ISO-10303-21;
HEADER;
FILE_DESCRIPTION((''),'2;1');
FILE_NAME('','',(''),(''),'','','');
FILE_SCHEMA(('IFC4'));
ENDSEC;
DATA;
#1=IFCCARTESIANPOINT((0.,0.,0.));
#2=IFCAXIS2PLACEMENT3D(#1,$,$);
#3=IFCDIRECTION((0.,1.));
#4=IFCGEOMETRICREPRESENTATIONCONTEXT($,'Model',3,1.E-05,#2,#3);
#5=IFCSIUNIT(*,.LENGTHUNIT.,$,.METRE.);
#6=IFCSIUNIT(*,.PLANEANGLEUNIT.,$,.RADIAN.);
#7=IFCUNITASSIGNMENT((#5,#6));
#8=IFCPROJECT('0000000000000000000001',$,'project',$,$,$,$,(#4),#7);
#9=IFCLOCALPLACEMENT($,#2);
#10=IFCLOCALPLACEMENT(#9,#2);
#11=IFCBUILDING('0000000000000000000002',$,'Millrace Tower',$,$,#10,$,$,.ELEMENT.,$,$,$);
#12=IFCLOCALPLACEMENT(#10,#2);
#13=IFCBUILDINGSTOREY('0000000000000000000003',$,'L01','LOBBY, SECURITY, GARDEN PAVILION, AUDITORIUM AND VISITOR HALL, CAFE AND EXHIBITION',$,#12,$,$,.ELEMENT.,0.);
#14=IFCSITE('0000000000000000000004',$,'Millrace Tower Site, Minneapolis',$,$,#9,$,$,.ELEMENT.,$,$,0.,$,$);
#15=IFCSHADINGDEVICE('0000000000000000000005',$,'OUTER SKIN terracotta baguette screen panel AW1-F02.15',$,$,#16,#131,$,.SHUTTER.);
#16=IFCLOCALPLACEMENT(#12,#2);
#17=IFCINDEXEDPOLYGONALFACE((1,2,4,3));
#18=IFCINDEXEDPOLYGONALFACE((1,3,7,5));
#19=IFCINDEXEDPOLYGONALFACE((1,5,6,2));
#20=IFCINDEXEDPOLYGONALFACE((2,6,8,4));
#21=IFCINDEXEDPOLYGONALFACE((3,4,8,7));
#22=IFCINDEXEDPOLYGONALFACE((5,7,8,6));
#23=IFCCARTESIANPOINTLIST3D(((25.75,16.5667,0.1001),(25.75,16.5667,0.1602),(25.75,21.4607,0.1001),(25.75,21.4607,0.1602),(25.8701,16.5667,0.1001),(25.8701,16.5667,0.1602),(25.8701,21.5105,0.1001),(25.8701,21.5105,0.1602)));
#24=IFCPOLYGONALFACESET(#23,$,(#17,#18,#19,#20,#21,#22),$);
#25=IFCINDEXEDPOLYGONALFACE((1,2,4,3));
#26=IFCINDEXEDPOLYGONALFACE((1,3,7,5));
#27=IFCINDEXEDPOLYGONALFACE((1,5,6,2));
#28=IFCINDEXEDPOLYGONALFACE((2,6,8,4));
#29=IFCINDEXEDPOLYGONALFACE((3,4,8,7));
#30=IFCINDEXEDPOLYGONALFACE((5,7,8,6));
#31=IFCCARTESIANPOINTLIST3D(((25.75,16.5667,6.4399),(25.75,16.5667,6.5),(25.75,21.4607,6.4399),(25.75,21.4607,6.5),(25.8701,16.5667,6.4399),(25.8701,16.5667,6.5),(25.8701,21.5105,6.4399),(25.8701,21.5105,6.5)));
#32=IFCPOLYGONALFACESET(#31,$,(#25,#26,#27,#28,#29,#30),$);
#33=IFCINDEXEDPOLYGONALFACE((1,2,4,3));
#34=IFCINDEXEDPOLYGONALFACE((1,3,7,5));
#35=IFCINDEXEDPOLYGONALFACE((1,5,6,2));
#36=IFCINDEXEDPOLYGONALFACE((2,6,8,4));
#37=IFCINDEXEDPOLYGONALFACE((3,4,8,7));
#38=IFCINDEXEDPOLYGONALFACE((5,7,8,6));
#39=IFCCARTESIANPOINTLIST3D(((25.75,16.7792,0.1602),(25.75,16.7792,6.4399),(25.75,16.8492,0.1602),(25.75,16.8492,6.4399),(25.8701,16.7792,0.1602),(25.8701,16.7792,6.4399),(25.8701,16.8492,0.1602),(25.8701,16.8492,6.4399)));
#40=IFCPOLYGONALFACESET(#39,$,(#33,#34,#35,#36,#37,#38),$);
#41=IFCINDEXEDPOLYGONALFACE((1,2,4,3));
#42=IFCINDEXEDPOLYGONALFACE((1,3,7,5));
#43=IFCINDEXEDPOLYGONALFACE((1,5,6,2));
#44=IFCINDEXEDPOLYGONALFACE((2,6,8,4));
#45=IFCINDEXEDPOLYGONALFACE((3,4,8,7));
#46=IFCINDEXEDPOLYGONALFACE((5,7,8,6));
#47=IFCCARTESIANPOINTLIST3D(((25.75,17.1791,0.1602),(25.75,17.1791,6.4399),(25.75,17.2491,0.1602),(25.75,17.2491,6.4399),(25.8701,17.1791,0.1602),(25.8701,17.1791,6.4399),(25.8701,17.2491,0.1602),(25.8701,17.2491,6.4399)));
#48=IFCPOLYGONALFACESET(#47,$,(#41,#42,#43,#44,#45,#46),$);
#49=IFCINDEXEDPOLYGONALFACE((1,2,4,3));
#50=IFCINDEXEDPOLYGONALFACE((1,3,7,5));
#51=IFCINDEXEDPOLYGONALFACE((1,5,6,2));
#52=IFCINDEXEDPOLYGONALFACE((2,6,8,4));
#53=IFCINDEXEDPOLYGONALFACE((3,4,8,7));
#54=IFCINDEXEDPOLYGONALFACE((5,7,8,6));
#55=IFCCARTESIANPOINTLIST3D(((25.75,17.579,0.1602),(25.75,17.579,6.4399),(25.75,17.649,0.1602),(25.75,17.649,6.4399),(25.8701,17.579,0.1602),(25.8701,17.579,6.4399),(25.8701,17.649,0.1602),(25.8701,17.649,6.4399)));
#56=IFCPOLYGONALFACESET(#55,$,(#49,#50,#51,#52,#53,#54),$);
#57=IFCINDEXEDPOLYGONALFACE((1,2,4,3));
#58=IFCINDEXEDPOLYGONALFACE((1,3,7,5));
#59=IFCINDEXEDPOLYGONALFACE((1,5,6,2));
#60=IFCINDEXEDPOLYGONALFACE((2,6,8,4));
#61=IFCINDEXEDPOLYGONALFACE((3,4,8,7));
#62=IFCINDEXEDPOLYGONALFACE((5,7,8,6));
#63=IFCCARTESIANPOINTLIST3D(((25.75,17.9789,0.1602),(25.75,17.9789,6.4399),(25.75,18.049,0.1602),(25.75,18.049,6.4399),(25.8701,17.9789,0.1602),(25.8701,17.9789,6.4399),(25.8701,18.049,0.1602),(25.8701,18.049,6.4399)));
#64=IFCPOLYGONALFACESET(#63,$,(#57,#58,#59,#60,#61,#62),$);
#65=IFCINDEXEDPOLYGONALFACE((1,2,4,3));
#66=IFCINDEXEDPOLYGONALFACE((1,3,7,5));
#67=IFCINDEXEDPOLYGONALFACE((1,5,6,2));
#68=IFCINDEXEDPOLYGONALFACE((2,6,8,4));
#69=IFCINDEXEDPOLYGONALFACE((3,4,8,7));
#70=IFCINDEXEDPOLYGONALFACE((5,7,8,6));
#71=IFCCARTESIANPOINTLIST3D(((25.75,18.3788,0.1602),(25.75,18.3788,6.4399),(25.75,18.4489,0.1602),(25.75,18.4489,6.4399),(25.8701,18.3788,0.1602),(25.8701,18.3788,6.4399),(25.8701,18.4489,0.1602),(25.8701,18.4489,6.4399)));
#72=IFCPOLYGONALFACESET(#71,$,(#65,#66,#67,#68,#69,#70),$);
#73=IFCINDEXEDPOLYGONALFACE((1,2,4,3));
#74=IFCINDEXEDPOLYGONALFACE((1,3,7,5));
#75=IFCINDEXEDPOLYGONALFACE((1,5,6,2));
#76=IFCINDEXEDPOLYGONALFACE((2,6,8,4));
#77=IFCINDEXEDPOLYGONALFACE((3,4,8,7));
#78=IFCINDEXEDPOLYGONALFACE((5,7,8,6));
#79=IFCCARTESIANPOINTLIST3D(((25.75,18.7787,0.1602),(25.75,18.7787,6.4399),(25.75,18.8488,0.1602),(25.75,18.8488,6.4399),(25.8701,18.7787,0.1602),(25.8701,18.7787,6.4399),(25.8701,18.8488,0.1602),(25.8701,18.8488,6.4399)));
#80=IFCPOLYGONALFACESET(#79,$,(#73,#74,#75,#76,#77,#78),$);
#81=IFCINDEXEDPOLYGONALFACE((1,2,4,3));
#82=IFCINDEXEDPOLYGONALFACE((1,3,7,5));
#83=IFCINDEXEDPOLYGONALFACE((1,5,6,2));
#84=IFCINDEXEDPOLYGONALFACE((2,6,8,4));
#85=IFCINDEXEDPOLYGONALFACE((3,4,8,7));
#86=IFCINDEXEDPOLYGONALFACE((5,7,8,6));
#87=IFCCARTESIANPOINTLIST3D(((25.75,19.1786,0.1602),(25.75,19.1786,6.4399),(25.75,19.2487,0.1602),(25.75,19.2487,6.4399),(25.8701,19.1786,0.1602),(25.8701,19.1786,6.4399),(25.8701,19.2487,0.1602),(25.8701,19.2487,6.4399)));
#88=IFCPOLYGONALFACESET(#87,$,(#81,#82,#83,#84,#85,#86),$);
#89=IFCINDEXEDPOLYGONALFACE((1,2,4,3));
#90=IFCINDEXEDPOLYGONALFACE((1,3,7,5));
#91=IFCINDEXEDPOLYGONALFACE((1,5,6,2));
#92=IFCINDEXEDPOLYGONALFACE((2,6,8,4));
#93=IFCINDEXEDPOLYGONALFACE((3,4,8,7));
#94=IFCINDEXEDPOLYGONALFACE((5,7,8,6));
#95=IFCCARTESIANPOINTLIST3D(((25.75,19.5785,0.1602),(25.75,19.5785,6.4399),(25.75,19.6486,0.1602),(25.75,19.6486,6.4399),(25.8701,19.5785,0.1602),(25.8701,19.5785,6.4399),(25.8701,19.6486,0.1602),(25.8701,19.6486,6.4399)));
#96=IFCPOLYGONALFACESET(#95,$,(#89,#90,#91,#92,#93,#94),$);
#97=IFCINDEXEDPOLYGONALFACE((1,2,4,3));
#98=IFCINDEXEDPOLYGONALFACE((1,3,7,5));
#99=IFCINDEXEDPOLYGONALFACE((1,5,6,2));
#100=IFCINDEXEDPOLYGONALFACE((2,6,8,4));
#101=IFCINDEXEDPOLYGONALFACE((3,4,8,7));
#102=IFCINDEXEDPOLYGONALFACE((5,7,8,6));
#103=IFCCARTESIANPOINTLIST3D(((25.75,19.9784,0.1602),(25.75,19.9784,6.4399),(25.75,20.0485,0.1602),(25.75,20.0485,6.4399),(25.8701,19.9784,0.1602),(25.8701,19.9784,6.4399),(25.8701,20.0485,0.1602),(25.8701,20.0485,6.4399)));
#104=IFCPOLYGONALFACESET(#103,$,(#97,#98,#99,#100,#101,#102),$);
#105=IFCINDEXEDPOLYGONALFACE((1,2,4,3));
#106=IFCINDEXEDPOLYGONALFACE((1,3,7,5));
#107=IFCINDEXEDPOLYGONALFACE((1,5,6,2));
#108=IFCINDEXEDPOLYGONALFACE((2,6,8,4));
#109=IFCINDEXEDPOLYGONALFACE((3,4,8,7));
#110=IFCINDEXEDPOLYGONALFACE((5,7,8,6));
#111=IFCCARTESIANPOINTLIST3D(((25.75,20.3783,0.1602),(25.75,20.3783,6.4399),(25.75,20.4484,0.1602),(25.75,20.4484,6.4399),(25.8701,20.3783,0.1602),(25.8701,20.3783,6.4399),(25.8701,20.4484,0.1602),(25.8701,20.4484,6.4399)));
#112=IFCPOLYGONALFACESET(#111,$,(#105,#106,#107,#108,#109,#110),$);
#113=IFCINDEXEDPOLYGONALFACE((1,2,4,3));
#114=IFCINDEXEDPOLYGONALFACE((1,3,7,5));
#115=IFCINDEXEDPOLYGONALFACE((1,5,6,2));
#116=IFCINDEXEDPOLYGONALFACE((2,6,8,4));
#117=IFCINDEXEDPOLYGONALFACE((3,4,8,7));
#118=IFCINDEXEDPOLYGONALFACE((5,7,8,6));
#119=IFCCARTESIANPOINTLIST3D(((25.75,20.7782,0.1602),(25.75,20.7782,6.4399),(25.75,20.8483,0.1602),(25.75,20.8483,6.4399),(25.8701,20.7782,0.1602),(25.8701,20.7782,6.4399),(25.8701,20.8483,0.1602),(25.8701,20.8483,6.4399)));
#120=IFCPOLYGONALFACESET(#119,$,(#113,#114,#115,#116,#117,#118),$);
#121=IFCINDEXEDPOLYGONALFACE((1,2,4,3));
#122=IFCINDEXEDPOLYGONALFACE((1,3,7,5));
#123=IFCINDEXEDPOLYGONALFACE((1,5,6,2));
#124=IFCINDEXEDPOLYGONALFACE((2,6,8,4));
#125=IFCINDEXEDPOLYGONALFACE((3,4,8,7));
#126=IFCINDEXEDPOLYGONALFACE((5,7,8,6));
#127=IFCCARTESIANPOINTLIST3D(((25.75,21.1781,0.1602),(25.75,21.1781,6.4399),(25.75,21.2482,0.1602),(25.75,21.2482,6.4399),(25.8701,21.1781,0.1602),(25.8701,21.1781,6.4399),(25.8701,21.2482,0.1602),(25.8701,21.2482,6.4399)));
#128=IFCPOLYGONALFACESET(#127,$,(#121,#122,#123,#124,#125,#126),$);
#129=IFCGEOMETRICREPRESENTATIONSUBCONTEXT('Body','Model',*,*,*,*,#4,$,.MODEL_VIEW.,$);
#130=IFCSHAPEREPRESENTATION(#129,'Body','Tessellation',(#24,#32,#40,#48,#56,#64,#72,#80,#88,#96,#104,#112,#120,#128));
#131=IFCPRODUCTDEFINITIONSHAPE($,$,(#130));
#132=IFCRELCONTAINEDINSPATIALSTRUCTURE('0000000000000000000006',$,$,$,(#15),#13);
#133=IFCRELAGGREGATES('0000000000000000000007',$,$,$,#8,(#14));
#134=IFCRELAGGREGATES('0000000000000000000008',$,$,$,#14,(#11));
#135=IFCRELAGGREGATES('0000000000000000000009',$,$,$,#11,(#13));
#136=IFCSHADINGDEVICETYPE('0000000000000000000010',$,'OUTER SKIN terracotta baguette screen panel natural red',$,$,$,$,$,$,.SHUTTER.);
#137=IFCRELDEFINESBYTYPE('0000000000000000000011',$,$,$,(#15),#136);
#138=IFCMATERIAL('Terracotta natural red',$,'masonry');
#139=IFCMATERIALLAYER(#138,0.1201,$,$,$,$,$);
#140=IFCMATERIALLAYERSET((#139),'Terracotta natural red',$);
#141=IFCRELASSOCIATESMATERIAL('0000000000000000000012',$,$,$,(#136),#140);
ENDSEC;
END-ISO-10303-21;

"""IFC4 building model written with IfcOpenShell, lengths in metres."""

from ifc_helpers import new_model, entity, si_unit, direction, frame, frame_2d, origin, place, context, subcontext, project, spatial, rectangle, extrude, source, transform, mapped, material, layer, layer_set, type_object, element, save


model = new_model("IFC4")

# Units and contexts
model_context = context("Model", 3, precision=1e-05, world=origin(), true_north=direction((0.0, 1.0)))
body_context = subcontext(model_context, "Body", "Model", "MODEL_VIEW")
ifc_project = project(units=[si_unit("LENGTHUNIT", "METRE"), si_unit("PLANEANGLEUNIT", "RADIAN")], contexts=[model_context])

# Site, building, storey
site_placement = place(None, origin())
site = spatial("IfcSite", under=ifc_project, at=site_placement, Name="Millrace Tower Site, Minneapolis", CompositionType="ELEMENT", RefElevation=0.0)
building_placement = place(site_placement, origin())
building = spatial("IfcBuilding", under=site, at=building_placement, Name="Millrace Tower", CompositionType="ELEMENT")
storey_placement = place(building_placement, origin())
storey = spatial("IfcBuildingStorey", under=building, at=storey_placement, Name="L01", Description="LOBBY, SECURITY, GARDEN PAVILION, AUDITORIUM AND VISITOR HALL, CAFE AND EXHIBITION", CompositionType="ELEMENT", Elevation=0.0)

# Shading device
ifc_material_1 = material(Name="Terracotta natural red", Category="masonry")
ifc_layer_1 = layer(ifc_material_1, 0.1201)
ifc_layer_set_1 = layer_set([ifc_layer_1], Name="Terracotta natural red")
shading_device_type = type_object("IfcShadingDeviceType", Name="OUTER SKIN terracotta baguette screen panel natural red", PredefinedType="SHUTTER", material=ifc_layer_set_1)
cartesian_point_1 = entity("IfcCartesianPoint", [-2.4595, 0.0601])
shared_polyline_1 = entity("IfcPolyline", [cartesian_point_1, entity("IfcCartesianPoint", [2.4346, 0.0601]), entity("IfcCartesianPoint", [2.4844, -0.0601]), entity("IfcCartesianPoint", [-2.4595, -0.0601]), cartesian_point_1])
shared_shape_1 = source(origin(), body_context, "Body", "SweptSolid", [
    entity("IfcExtrudedAreaSolid", entity("IfcArbitraryClosedProfileDef", "AREA", None, shared_polyline_1), entity("IfcAxis2Placement3D", entity("IfcCartesianPoint", [0.0, 0.0, 0.0])), entity("IfcDirection", [0.0, 0.0, 1.0]), 0.0601),
    entity("IfcExtrudedAreaSolid", entity("IfcArbitraryClosedProfileDef", "AREA", None, shared_polyline_1), entity("IfcAxis2Placement3D", entity("IfcCartesianPoint", [0.0, 0.0, 6.3398])), entity("IfcDirection", [0.0, 0.0, 1.0]), 0.0601),
    extrude(rectangle(XDim=0.0701, YDim=0.1201, at=frame_2d((-2.2119, 0.0))), frame((0.0, 0.0, 0.0601)), (0.0, 0.0, 1.0), 6.2798),
    extrude(rectangle(XDim=0.0701, YDim=0.1201, at=frame_2d((-1.812, 0.0))), frame((0.0, 0.0, 0.0601)), (0.0, 0.0, 1.0), 6.2798),
    extrude(rectangle(XDim=0.0701, YDim=0.1201, at=frame_2d((-1.4121, 0.0))), frame((0.0, 0.0, 0.0601)), (0.0, 0.0, 1.0), 6.2798),
    extrude(rectangle(XDim=0.0701, YDim=0.1201, at=frame_2d((-1.0122, 0.0))), frame((0.0, 0.0, 0.0601)), (0.0, 0.0, 1.0), 6.2798),
    extrude(rectangle(XDim=0.0701, YDim=0.1201, at=frame_2d((-0.6123, 0.0))), frame((0.0, 0.0, 0.0601)), (0.0, 0.0, 1.0), 6.2798),
    extrude(rectangle(XDim=0.0701, YDim=0.1201, at=frame_2d((-0.2124, 0.0))), frame((0.0, 0.0, 0.0601)), (0.0, 0.0, 1.0), 6.2798),
    extrude(rectangle(XDim=0.0701, YDim=0.1201, at=frame_2d((0.1875, 0.0))), frame((0.0, 0.0, 0.0601)), (0.0, 0.0, 1.0), 6.2798),
    extrude(rectangle(XDim=0.0701, YDim=0.1201, at=frame_2d((0.5874, 0.0))), frame((0.0, 0.0, 0.0601)), (0.0, 0.0, 1.0), 6.2798),
    extrude(rectangle(XDim=0.0701, YDim=0.1201, at=frame_2d((0.9873, 0.0))), frame((0.0, 0.0, 0.0601)), (0.0, 0.0, 1.0), 6.2798),
    extrude(rectangle(XDim=0.0701, YDim=0.1201, at=frame_2d((1.3872, 0.0))), frame((0.0, 0.0, 0.0601)), (0.0, 0.0, 1.0), 6.2798),
    extrude(rectangle(XDim=0.0701, YDim=0.1201, at=frame_2d((1.7871, 0.0))), frame((0.0, 0.0, 0.0601)), (0.0, 0.0, 1.0), 6.2798),
    extrude(rectangle(XDim=0.0701, YDim=0.1201, at=frame_2d((2.187, 0.0))), frame((0.0, 0.0, 0.0601)), (0.0, 0.0, 1.0), 6.2798),
])
shading_device_1_placement = place(storey_placement, frame((25.8101, 19.0261, 0.1001), z_axis=(0.0, 0.0, 1.0), x_axis=(0.0, 1.0, 0.0)))
element("IfcShadingDevice", 1, at=shading_device_1_placement, inside=storey, type_object=shading_device_type, Name="OUTER SKIN terracotta baguette screen panel AW1-F02.15", PredefinedType="SHUTTER", context=body_context, shape_type="MappedRepresentation", body=[
    mapped(shared_shape_1, transform((0.0, 0.0, 0.0), scale=1.0)),
])

save(model, "model.ifc")
